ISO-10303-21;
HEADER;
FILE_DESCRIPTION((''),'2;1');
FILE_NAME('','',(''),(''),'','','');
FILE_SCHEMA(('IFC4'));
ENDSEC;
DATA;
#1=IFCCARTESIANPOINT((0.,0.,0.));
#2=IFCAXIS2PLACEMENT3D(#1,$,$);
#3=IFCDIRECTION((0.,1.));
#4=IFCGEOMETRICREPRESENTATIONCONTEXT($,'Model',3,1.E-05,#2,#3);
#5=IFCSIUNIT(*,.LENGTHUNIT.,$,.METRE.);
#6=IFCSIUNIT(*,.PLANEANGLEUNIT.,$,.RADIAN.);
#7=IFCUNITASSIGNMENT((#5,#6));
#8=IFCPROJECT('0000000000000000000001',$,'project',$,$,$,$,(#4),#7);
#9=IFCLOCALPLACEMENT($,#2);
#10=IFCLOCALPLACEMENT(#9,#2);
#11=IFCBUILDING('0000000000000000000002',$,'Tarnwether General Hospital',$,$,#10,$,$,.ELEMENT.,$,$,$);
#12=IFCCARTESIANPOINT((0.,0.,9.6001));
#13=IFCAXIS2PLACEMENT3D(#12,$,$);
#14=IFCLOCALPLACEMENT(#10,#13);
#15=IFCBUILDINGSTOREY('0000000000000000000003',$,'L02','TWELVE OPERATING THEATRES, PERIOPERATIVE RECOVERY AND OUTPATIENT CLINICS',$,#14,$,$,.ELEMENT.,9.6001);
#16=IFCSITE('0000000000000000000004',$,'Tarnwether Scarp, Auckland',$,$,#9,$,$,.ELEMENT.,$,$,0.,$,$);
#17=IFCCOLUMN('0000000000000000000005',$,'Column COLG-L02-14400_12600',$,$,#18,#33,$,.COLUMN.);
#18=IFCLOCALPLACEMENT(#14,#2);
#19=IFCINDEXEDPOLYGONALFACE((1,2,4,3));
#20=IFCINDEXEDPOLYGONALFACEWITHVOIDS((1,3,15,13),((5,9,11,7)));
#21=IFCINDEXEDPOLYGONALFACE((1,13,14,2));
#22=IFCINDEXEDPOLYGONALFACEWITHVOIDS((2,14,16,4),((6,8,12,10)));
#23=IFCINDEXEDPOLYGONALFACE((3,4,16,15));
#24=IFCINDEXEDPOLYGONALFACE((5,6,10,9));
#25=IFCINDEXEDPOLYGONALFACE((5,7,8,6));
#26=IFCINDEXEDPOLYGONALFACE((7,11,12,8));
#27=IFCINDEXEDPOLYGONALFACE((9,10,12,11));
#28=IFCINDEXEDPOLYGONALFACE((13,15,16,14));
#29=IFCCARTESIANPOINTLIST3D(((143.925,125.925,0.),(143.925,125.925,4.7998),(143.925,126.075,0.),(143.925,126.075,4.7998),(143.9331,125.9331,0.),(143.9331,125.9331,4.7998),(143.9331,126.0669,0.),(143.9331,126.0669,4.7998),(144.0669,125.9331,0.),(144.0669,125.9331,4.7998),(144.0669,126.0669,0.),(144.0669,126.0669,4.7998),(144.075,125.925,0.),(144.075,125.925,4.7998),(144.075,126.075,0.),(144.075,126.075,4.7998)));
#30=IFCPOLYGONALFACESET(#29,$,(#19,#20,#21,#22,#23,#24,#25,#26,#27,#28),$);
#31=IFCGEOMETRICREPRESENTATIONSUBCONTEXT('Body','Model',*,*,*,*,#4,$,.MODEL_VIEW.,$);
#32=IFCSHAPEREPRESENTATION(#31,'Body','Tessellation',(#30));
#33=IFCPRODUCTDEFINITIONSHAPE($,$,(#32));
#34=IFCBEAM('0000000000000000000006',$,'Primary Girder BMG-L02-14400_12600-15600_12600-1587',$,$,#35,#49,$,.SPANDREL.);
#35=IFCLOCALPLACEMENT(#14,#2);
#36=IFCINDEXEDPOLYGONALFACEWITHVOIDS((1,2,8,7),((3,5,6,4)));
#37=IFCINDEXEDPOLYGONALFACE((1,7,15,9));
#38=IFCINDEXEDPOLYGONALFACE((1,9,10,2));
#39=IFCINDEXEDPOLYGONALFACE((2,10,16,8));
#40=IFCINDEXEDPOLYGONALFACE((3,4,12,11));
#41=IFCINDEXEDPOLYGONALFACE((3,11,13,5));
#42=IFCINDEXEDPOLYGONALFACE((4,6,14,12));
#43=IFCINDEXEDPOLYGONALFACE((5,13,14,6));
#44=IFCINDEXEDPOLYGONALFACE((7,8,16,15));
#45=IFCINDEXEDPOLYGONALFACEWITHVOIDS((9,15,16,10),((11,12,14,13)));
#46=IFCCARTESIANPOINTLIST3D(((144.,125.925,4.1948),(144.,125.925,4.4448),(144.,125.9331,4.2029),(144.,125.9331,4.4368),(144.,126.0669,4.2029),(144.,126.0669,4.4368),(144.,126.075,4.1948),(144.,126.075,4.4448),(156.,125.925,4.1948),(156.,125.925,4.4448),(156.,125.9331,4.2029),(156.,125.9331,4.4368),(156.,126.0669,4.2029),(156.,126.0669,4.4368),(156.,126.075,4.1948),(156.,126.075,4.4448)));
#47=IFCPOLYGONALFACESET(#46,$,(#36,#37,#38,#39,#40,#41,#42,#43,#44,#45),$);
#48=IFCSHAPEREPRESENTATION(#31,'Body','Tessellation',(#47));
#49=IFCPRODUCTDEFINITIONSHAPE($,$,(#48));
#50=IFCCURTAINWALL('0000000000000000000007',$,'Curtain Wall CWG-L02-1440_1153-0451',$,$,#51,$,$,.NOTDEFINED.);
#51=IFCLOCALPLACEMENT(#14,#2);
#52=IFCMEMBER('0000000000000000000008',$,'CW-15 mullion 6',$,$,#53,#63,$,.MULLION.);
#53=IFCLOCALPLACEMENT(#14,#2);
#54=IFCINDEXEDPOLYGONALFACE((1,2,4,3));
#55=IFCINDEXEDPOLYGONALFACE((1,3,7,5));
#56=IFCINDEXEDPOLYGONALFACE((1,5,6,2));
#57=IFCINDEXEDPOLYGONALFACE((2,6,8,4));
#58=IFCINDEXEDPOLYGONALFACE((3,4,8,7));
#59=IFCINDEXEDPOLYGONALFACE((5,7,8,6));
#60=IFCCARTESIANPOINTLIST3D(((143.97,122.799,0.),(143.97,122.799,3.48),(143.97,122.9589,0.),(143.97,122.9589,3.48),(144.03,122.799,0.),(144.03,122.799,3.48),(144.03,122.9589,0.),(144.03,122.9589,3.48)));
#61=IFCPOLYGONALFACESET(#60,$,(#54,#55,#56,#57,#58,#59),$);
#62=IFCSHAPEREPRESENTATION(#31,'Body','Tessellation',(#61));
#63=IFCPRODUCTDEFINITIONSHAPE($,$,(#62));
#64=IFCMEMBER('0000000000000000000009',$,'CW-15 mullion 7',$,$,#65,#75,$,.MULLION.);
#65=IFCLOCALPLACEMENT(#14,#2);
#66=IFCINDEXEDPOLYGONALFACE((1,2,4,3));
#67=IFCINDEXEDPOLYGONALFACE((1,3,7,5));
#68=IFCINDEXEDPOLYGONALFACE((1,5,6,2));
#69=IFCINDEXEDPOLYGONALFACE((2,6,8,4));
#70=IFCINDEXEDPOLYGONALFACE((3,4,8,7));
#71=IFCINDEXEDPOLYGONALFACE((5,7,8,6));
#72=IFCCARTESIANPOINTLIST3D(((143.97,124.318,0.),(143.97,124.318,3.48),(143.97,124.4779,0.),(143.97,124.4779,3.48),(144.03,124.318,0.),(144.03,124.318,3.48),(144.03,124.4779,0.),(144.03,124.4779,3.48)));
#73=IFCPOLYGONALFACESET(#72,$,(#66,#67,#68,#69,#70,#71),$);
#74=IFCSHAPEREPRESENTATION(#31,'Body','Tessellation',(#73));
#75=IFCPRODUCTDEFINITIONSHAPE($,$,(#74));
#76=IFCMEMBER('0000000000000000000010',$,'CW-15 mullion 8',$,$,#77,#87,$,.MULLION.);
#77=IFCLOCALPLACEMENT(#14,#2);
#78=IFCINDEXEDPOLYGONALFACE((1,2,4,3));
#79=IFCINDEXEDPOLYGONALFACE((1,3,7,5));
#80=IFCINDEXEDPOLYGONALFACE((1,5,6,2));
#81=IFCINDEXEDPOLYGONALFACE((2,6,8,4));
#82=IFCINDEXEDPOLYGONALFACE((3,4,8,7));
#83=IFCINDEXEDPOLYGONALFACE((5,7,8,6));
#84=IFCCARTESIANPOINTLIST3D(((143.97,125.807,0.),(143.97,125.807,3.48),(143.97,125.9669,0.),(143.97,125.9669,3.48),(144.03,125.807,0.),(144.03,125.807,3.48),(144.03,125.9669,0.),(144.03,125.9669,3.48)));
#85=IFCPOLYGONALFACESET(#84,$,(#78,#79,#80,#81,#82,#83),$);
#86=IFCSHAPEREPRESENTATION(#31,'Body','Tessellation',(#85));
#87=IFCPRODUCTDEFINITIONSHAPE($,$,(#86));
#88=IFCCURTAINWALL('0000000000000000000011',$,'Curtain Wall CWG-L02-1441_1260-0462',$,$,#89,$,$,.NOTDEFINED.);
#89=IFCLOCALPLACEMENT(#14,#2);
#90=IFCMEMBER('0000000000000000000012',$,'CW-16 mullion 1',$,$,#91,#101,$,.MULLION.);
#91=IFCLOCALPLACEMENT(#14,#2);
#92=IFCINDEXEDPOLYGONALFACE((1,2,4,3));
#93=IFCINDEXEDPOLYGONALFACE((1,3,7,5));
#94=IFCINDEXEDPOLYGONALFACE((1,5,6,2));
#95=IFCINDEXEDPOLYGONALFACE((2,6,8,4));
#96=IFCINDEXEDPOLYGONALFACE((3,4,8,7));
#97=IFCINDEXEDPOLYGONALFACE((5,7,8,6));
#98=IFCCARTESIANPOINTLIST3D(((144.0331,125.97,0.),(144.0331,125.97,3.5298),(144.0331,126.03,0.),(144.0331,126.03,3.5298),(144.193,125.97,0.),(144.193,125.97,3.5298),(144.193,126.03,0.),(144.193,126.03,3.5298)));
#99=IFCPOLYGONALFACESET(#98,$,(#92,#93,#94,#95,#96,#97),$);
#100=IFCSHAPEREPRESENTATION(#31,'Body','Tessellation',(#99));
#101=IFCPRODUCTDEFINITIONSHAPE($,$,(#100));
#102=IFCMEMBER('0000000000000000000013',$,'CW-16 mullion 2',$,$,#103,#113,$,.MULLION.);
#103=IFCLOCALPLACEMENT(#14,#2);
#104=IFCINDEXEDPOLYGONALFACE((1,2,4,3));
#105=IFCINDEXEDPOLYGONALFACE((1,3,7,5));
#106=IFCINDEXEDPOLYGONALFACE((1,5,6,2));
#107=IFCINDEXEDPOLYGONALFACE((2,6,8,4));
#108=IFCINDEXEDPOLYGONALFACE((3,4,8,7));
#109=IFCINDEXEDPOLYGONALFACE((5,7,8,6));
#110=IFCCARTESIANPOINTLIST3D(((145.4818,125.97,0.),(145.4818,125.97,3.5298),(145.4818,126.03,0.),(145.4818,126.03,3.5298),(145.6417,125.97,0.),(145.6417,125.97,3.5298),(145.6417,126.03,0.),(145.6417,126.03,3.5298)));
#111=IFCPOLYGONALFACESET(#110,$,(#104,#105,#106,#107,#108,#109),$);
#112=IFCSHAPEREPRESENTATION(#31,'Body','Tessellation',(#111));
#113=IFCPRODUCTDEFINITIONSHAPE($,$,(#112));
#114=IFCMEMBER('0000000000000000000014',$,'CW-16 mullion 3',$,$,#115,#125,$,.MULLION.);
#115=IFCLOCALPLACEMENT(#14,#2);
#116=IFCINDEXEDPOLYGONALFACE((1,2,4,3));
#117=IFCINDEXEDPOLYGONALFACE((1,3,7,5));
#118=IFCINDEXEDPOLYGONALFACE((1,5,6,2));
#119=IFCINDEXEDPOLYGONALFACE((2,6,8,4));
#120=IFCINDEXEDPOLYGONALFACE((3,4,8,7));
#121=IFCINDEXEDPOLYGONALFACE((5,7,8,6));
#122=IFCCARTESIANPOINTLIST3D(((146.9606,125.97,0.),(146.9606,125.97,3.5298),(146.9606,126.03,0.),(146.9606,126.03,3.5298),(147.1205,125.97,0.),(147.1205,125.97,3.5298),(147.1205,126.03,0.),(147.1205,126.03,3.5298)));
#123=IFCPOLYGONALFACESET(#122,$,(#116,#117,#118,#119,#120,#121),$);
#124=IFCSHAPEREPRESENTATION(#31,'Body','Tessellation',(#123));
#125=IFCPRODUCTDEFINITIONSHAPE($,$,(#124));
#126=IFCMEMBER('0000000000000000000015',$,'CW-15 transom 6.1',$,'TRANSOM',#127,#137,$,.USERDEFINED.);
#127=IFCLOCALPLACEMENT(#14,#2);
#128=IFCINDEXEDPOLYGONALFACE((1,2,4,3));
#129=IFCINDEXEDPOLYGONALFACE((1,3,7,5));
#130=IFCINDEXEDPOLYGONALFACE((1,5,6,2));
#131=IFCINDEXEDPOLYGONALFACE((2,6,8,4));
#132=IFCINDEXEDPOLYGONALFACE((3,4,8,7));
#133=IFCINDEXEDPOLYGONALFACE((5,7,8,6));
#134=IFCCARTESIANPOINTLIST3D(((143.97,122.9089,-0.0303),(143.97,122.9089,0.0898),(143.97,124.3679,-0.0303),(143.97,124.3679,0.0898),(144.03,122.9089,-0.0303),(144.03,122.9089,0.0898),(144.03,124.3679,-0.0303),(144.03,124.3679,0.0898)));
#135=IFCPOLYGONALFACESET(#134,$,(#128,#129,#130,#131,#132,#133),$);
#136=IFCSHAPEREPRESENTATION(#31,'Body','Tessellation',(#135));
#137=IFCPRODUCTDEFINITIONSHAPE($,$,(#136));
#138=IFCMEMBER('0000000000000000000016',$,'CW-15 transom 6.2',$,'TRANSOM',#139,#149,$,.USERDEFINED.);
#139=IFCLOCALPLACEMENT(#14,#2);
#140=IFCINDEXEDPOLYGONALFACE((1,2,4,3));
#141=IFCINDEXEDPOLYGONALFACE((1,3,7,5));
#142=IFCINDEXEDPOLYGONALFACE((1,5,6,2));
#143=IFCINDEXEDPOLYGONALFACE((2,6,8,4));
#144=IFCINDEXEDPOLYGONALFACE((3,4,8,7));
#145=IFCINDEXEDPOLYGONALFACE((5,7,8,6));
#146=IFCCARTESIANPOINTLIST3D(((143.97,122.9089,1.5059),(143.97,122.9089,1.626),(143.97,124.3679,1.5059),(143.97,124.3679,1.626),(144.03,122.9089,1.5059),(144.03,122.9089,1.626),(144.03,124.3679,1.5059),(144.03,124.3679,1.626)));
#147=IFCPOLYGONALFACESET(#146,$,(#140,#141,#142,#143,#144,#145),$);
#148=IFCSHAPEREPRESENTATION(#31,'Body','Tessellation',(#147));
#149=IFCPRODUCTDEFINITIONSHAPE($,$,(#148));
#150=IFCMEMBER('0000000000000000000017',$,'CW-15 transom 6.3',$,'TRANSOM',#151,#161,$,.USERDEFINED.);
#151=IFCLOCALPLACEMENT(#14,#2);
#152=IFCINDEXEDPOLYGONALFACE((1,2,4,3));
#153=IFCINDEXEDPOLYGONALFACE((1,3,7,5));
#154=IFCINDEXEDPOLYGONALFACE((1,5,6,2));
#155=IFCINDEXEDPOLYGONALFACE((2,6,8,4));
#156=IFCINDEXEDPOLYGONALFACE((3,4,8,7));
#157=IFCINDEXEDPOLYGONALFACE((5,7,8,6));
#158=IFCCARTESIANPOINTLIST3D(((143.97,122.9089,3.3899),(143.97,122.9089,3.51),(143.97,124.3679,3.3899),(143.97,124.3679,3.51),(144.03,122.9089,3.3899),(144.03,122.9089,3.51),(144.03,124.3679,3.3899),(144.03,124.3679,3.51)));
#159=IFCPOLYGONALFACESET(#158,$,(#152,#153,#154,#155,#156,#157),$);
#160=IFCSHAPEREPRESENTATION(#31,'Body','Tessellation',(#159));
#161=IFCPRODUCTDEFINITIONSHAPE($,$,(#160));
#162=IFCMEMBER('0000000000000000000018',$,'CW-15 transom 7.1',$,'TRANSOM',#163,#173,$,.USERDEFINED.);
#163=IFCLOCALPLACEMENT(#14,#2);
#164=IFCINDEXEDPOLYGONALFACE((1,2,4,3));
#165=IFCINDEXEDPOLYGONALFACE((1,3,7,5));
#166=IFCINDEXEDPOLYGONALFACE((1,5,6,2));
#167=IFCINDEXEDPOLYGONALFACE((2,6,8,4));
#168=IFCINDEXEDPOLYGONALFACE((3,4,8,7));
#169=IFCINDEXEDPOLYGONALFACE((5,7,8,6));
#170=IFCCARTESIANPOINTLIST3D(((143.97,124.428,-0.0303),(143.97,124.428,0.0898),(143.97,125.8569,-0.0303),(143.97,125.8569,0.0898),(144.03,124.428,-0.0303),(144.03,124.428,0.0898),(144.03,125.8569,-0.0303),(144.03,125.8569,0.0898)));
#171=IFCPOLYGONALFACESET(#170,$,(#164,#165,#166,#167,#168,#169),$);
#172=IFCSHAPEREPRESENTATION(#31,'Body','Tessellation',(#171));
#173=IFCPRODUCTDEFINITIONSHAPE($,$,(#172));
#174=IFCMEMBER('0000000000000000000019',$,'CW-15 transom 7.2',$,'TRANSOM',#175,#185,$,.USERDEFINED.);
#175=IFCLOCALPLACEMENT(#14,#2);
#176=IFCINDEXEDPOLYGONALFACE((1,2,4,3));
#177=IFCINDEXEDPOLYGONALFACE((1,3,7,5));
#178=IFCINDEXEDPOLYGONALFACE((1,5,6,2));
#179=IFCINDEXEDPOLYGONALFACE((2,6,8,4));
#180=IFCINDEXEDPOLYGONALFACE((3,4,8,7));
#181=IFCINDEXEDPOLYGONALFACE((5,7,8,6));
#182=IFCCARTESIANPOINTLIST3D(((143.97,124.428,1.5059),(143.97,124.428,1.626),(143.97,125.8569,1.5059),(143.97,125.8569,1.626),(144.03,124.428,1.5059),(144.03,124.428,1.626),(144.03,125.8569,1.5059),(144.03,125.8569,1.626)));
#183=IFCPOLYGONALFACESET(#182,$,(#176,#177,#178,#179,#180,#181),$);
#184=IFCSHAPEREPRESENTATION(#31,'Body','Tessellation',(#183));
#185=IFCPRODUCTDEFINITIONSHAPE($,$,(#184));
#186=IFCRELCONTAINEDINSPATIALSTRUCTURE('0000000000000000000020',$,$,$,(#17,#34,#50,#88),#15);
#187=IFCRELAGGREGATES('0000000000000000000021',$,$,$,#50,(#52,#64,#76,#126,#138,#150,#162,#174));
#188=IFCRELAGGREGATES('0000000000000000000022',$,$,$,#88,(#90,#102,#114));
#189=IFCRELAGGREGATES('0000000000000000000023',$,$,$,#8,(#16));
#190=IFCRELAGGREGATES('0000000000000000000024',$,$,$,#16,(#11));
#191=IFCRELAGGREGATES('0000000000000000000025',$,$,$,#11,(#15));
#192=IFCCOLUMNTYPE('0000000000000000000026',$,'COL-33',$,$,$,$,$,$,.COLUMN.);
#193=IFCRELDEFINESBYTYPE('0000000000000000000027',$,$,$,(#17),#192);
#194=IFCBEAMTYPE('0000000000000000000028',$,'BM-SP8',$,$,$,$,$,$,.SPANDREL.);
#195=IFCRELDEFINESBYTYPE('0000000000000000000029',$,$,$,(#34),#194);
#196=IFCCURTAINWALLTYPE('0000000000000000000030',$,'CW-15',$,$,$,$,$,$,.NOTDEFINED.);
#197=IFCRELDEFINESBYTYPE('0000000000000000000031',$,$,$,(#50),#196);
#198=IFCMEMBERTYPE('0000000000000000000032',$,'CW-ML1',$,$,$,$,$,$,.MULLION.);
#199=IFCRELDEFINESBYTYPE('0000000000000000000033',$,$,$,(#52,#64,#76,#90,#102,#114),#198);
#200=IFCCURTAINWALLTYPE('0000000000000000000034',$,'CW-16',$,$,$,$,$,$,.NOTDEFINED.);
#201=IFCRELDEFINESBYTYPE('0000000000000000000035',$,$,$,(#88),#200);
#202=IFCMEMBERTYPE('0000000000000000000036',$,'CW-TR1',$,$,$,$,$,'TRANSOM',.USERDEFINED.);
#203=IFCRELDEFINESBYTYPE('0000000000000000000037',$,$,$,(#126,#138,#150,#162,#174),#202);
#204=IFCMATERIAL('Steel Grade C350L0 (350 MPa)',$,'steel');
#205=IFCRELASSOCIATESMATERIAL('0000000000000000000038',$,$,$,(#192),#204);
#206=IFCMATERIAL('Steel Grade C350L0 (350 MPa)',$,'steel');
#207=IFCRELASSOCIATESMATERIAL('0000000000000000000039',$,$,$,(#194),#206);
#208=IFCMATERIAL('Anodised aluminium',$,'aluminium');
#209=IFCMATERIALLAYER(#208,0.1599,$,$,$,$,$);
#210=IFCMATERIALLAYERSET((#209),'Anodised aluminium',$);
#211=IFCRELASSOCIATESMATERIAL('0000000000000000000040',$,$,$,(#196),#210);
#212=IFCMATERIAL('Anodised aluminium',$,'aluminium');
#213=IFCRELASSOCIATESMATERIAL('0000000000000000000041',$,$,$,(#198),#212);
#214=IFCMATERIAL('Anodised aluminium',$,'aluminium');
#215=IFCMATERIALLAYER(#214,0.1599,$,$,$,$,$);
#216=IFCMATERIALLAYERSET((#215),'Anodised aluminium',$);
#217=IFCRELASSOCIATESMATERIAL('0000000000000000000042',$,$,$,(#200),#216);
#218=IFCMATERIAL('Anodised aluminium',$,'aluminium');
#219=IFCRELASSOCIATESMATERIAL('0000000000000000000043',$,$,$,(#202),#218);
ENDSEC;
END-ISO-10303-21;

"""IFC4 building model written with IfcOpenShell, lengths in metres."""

from ifc_helpers import new_model, si_unit, direction, frame, origin, origin_2d, place, context, subcontext, project, spatial, rectangle, hollow_rectangle, extrude, material, layer, layer_set, material_profile, profile_set, type_object, element, aggregate, save


model = new_model("IFC4")

# Units and contexts
model_context = context("Model", 3, precision=1e-05, world=origin(), true_north=direction((0.0, 1.0)))
body_context = subcontext(model_context, "Body", "Model", "MODEL_VIEW")
ifc_project = project(units=[si_unit("LENGTHUNIT", "METRE"), si_unit("PLANEANGLEUNIT", "RADIAN")], contexts=[model_context])

# Site, building, storey
site_placement = place(None, origin())
site = spatial("IfcSite", under=ifc_project, at=site_placement, Name="Tarnwether Scarp, Auckland", CompositionType="ELEMENT", RefElevation=0.0)
building_placement = place(site_placement, origin())
building = spatial("IfcBuilding", under=site, at=building_placement, Name="Tarnwether General Hospital", CompositionType="ELEMENT")
storey_placement = place(building_placement, frame((0.0, 0.0, 9.6001)))
storey = spatial("IfcBuildingStorey", under=building, at=storey_placement, Name="L02", Description="TWELVE OPERATING THEATRES, PERIOPERATIVE RECOVERY AND OUTPATIENT CLINICS", CompositionType="ELEMENT", Elevation=9.6001)

# Column
ifc_material_1 = material(Name="Steel Grade C350L0 (350 MPa)", Category="steel")
ifc_material_profile_1 = material_profile(ifc_material_1, hollow_rectangle(XDim=0.1499, YDim=0.1499, WallThickness=0.0081, at=origin_2d()), Name="SHS150x150x8")
ifc_profile_set_1 = profile_set([ifc_material_profile_1], Name="Steel Grade C350L0 (350 MPa)")
column_type = type_object("IfcColumnType", Name="COL-33", PredefinedType="COLUMN", material=ifc_profile_set_1)
column_placement = place(storey_placement, frame((144.0, 126.0, 0.0), z_axis=(0.0, 0.0, 1.0), x_axis=(1.0, 0.0, 0.0)))
element("IfcColumn", 1, at=column_placement, inside=storey, type_object=column_type, Name="Column COLG-L02-14400_12600", PredefinedType="COLUMN", context=body_context, shape_type="SweptSolid", body=[
    extrude(hollow_rectangle(XDim=0.1499, YDim=0.1499, WallThickness=0.0081, at=origin_2d()), origin(), (0.0, 0.0, 1.0), 4.7998),
])

# Beam
ifc_material_2 = material(Name="Steel Grade C350L0 (350 MPa)", Category="steel")
ifc_material_profile_2 = material_profile(ifc_material_2, hollow_rectangle(XDim=0.1499, YDim=0.25, WallThickness=0.0081, at=origin_2d()), Name="RHS250x150x8")
ifc_profile_set_2 = profile_set([ifc_material_profile_2], Name="Steel Grade C350L0 (350 MPa)")
beam_type = type_object("IfcBeamType", Name="BM-SP8", PredefinedType="SPANDREL", material=ifc_profile_set_2)
beam_placement = place(storey_placement, frame((144.0, 126.0, 4.3198), z_axis=(1.0, 0.0, 0.0), x_axis=(0.0, 1.0, 0.0)))
element("IfcBeam", 2, at=beam_placement, inside=storey, type_object=beam_type, Name="Primary Girder BMG-L02-14400_12600-15600_12600-1587", PredefinedType="SPANDREL", context=body_context, shape_type="SweptSolid", body=[
    extrude(hollow_rectangle(XDim=0.1499, YDim=0.25, WallThickness=0.0081, at=origin_2d()), origin(), (0.0, 0.0, 1.0), 12.0),
])

# Curtain walls, members
ifc_material_3 = material(Name="Anodised aluminium", Category="aluminium")
ifc_layer_1 = layer(ifc_material_3, 0.1599)
ifc_layer_set_1 = layer_set([ifc_layer_1], Name="Anodised aluminium")
curtain_wall_type_1 = type_object("IfcCurtainWallType", Name="CW-15", PredefinedType="NOTDEFINED", material=ifc_layer_set_1)
curtain_wall_1_placement = place(storey_placement, origin())
curtain_wall_1 = element("IfcCurtainWall", 3, at=curtain_wall_1_placement, inside=storey, type_object=curtain_wall_type_1, Name="Curtain Wall CWG-L02-1440_1153-0451", PredefinedType="NOTDEFINED")
ifc_material_4 = material(Name="Anodised aluminium", Category="aluminium")
ifc_material_profile_3 = material_profile(ifc_material_4, rectangle(XDim=0.0601, YDim=0.1599, at=origin_2d()), Name="ALU-MUL-60x160")
ifc_profile_set_3 = profile_set([ifc_material_profile_3], Name="Anodised aluminium")
member_type_1 = type_object("IfcMemberType", Name="CW-ML1", PredefinedType="MULLION", material=ifc_profile_set_3)
member_1_placement = place(storey_placement, frame((144.0, 122.8789, 0.0), z_axis=(0.0, 0.0, 1.0), x_axis=(-1.0, 0.0, 0.0)))
member_1 = element("IfcMember", 4, at=member_1_placement, type_object=member_type_1, Name="CW-15 mullion 6", PredefinedType="MULLION", context=body_context, shape_type="SweptSolid", body=[
    extrude(rectangle(XDim=0.0601, YDim=0.1599, at=origin_2d()), origin(), (0.0, 0.0, 1.0), 3.48),
])
member_2_placement = place(storey_placement, frame((144.0, 124.3979, 0.0), z_axis=(0.0, 0.0, 1.0), x_axis=(-1.0, 0.0, 0.0)))
member_2 = element("IfcMember", 5, at=member_2_placement, type_object=member_type_1, Name="CW-15 mullion 7", PredefinedType="MULLION", context=body_context, shape_type="SweptSolid", body=[
    extrude(rectangle(XDim=0.0601, YDim=0.1599, at=origin_2d()), origin(), (0.0, 0.0, 1.0), 3.48),
])
member_3_placement = place(storey_placement, frame((144.0, 125.887, 0.0), z_axis=(0.0, 0.0, 1.0), x_axis=(-1.0, 0.0, 0.0)))
member_3 = element("IfcMember", 6, at=member_3_placement, type_object=member_type_1, Name="CW-15 mullion 8", PredefinedType="MULLION", context=body_context, shape_type="SweptSolid", body=[
    extrude(rectangle(XDim=0.0601, YDim=0.1599, at=origin_2d()), origin(), (0.0, 0.0, 1.0), 3.48),
])
ifc_material_5 = material(Name="Anodised aluminium", Category="aluminium")
ifc_layer_2 = layer(ifc_material_5, 0.1599)
ifc_layer_set_2 = layer_set([ifc_layer_2], Name="Anodised aluminium")
curtain_wall_type_2 = type_object("IfcCurtainWallType", Name="CW-16", PredefinedType="NOTDEFINED", material=ifc_layer_set_2)
curtain_wall_2_placement = place(storey_placement, origin())
curtain_wall_2 = element("IfcCurtainWall", 7, at=curtain_wall_2_placement, inside=storey, type_object=curtain_wall_type_2, Name="Curtain Wall CWG-L02-1441_1260-0462", PredefinedType="NOTDEFINED")
member_4_placement = place(storey_placement, frame((144.113, 126.0, 0.0), z_axis=(0.0, 0.0, 1.0), x_axis=(0.0, 1.0, 0.0)))
member_4 = element("IfcMember", 8, at=member_4_placement, type_object=member_type_1, Name="CW-16 mullion 1", PredefinedType="MULLION", context=body_context, shape_type="SweptSolid", body=[
    extrude(rectangle(XDim=0.0601, YDim=0.1599, at=origin_2d()), origin(), (0.0, 0.0, 1.0), 3.5298),
])
member_5_placement = place(storey_placement, frame((145.5618, 126.0, 0.0), z_axis=(0.0, 0.0, 1.0), x_axis=(0.0, 1.0, 0.0)))
member_5 = element("IfcMember", 9, at=member_5_placement, type_object=member_type_1, Name="CW-16 mullion 2", PredefinedType="MULLION", context=body_context, shape_type="SweptSolid", body=[
    extrude(rectangle(XDim=0.0601, YDim=0.1599, at=origin_2d()), origin(), (0.0, 0.0, 1.0), 3.5298),
])
member_6_placement = place(storey_placement, frame((147.0405, 126.0, 0.0), z_axis=(0.0, 0.0, 1.0), x_axis=(0.0, 1.0, 0.0)))
member_6 = element("IfcMember", 10, at=member_6_placement, type_object=member_type_1, Name="CW-16 mullion 3", PredefinedType="MULLION", context=body_context, shape_type="SweptSolid", body=[
    extrude(rectangle(XDim=0.0601, YDim=0.1599, at=origin_2d()), origin(), (0.0, 0.0, 1.0), 3.5298),
])

# Members
ifc_material_6 = material(Name="Anodised aluminium", Category="aluminium")
ifc_material_profile_4 = material_profile(ifc_material_6, rectangle(XDim=0.0601, YDim=0.1201, at=origin_2d()), Name="ALU-TRN-60x120")
ifc_profile_set_4 = profile_set([ifc_material_profile_4], Name="Anodised aluminium")
member_type_2 = type_object("IfcMemberType", Name="CW-TR1", ElementType="TRANSOM", PredefinedType="USERDEFINED", material=ifc_profile_set_4)
member_7_placement = place(storey_placement, frame((144.0, 122.9089, 0.0298), z_axis=(0.0, 1.0, 0.0), x_axis=(-1.0, 0.0, 0.0)))
member_7 = element("IfcMember", 11, at=member_7_placement, type_object=member_type_2, Name="CW-15 transom 6.1", ObjectType="TRANSOM", PredefinedType="USERDEFINED", context=body_context, shape_type="SweptSolid", body=[
    extrude(rectangle(XDim=0.0601, YDim=0.1201, at=origin_2d()), origin(), (0.0, 0.0, 1.0), 1.459),
])
member_8_placement = place(storey_placement, frame((144.0, 122.9089, 1.5659), z_axis=(0.0, 1.0, 0.0), x_axis=(-1.0, 0.0, 0.0)))
member_8 = element("IfcMember", 12, at=member_8_placement, type_object=member_type_2, Name="CW-15 transom 6.2", ObjectType="TRANSOM", PredefinedType="USERDEFINED", context=body_context, shape_type="SweptSolid", body=[
    extrude(rectangle(XDim=0.0601, YDim=0.1201, at=origin_2d()), origin(), (0.0, 0.0, 1.0), 1.459),
])
member_9_placement = place(storey_placement, frame((144.0, 122.9089, 3.45), z_axis=(0.0, 1.0, 0.0), x_axis=(-1.0, 0.0, 0.0)))
member_9 = element("IfcMember", 13, at=member_9_placement, type_object=member_type_2, Name="CW-15 transom 6.3", ObjectType="TRANSOM", PredefinedType="USERDEFINED", context=body_context, shape_type="SweptSolid", body=[
    extrude(rectangle(XDim=0.0601, YDim=0.1201, at=origin_2d()), origin(), (0.0, 0.0, 1.0), 1.459),
])
member_10_placement = place(storey_placement, frame((144.0, 124.428, 0.0298), z_axis=(0.0, 1.0, 0.0), x_axis=(-1.0, 0.0, 0.0)))
member_10 = element("IfcMember", 14, at=member_10_placement, type_object=member_type_2, Name="CW-15 transom 7.1", ObjectType="TRANSOM", PredefinedType="USERDEFINED", context=body_context, shape_type="SweptSolid", body=[
    extrude(rectangle(XDim=0.0601, YDim=0.1201, at=origin_2d()), origin(), (0.0, 0.0, 1.0), 1.429),
])
member_11_placement = place(storey_placement, frame((144.0, 124.428, 1.5659), z_axis=(0.0, 1.0, 0.0), x_axis=(-1.0, 0.0, 0.0)))
member_11 = element("IfcMember", 15, at=member_11_placement, type_object=member_type_2, Name="CW-15 transom 7.2", ObjectType="TRANSOM", PredefinedType="USERDEFINED", context=body_context, shape_type="SweptSolid", body=[
    extrude(rectangle(XDim=0.0601, YDim=0.1201, at=origin_2d()), origin(), (0.0, 0.0, 1.0), 1.429),
])

aggregate(curtain_wall_1, [member_1, member_2, member_3, member_7, member_8, member_9, member_10, member_11])
aggregate(curtain_wall_2, [member_4, member_5, member_6])

save(model, "model.ifc")
